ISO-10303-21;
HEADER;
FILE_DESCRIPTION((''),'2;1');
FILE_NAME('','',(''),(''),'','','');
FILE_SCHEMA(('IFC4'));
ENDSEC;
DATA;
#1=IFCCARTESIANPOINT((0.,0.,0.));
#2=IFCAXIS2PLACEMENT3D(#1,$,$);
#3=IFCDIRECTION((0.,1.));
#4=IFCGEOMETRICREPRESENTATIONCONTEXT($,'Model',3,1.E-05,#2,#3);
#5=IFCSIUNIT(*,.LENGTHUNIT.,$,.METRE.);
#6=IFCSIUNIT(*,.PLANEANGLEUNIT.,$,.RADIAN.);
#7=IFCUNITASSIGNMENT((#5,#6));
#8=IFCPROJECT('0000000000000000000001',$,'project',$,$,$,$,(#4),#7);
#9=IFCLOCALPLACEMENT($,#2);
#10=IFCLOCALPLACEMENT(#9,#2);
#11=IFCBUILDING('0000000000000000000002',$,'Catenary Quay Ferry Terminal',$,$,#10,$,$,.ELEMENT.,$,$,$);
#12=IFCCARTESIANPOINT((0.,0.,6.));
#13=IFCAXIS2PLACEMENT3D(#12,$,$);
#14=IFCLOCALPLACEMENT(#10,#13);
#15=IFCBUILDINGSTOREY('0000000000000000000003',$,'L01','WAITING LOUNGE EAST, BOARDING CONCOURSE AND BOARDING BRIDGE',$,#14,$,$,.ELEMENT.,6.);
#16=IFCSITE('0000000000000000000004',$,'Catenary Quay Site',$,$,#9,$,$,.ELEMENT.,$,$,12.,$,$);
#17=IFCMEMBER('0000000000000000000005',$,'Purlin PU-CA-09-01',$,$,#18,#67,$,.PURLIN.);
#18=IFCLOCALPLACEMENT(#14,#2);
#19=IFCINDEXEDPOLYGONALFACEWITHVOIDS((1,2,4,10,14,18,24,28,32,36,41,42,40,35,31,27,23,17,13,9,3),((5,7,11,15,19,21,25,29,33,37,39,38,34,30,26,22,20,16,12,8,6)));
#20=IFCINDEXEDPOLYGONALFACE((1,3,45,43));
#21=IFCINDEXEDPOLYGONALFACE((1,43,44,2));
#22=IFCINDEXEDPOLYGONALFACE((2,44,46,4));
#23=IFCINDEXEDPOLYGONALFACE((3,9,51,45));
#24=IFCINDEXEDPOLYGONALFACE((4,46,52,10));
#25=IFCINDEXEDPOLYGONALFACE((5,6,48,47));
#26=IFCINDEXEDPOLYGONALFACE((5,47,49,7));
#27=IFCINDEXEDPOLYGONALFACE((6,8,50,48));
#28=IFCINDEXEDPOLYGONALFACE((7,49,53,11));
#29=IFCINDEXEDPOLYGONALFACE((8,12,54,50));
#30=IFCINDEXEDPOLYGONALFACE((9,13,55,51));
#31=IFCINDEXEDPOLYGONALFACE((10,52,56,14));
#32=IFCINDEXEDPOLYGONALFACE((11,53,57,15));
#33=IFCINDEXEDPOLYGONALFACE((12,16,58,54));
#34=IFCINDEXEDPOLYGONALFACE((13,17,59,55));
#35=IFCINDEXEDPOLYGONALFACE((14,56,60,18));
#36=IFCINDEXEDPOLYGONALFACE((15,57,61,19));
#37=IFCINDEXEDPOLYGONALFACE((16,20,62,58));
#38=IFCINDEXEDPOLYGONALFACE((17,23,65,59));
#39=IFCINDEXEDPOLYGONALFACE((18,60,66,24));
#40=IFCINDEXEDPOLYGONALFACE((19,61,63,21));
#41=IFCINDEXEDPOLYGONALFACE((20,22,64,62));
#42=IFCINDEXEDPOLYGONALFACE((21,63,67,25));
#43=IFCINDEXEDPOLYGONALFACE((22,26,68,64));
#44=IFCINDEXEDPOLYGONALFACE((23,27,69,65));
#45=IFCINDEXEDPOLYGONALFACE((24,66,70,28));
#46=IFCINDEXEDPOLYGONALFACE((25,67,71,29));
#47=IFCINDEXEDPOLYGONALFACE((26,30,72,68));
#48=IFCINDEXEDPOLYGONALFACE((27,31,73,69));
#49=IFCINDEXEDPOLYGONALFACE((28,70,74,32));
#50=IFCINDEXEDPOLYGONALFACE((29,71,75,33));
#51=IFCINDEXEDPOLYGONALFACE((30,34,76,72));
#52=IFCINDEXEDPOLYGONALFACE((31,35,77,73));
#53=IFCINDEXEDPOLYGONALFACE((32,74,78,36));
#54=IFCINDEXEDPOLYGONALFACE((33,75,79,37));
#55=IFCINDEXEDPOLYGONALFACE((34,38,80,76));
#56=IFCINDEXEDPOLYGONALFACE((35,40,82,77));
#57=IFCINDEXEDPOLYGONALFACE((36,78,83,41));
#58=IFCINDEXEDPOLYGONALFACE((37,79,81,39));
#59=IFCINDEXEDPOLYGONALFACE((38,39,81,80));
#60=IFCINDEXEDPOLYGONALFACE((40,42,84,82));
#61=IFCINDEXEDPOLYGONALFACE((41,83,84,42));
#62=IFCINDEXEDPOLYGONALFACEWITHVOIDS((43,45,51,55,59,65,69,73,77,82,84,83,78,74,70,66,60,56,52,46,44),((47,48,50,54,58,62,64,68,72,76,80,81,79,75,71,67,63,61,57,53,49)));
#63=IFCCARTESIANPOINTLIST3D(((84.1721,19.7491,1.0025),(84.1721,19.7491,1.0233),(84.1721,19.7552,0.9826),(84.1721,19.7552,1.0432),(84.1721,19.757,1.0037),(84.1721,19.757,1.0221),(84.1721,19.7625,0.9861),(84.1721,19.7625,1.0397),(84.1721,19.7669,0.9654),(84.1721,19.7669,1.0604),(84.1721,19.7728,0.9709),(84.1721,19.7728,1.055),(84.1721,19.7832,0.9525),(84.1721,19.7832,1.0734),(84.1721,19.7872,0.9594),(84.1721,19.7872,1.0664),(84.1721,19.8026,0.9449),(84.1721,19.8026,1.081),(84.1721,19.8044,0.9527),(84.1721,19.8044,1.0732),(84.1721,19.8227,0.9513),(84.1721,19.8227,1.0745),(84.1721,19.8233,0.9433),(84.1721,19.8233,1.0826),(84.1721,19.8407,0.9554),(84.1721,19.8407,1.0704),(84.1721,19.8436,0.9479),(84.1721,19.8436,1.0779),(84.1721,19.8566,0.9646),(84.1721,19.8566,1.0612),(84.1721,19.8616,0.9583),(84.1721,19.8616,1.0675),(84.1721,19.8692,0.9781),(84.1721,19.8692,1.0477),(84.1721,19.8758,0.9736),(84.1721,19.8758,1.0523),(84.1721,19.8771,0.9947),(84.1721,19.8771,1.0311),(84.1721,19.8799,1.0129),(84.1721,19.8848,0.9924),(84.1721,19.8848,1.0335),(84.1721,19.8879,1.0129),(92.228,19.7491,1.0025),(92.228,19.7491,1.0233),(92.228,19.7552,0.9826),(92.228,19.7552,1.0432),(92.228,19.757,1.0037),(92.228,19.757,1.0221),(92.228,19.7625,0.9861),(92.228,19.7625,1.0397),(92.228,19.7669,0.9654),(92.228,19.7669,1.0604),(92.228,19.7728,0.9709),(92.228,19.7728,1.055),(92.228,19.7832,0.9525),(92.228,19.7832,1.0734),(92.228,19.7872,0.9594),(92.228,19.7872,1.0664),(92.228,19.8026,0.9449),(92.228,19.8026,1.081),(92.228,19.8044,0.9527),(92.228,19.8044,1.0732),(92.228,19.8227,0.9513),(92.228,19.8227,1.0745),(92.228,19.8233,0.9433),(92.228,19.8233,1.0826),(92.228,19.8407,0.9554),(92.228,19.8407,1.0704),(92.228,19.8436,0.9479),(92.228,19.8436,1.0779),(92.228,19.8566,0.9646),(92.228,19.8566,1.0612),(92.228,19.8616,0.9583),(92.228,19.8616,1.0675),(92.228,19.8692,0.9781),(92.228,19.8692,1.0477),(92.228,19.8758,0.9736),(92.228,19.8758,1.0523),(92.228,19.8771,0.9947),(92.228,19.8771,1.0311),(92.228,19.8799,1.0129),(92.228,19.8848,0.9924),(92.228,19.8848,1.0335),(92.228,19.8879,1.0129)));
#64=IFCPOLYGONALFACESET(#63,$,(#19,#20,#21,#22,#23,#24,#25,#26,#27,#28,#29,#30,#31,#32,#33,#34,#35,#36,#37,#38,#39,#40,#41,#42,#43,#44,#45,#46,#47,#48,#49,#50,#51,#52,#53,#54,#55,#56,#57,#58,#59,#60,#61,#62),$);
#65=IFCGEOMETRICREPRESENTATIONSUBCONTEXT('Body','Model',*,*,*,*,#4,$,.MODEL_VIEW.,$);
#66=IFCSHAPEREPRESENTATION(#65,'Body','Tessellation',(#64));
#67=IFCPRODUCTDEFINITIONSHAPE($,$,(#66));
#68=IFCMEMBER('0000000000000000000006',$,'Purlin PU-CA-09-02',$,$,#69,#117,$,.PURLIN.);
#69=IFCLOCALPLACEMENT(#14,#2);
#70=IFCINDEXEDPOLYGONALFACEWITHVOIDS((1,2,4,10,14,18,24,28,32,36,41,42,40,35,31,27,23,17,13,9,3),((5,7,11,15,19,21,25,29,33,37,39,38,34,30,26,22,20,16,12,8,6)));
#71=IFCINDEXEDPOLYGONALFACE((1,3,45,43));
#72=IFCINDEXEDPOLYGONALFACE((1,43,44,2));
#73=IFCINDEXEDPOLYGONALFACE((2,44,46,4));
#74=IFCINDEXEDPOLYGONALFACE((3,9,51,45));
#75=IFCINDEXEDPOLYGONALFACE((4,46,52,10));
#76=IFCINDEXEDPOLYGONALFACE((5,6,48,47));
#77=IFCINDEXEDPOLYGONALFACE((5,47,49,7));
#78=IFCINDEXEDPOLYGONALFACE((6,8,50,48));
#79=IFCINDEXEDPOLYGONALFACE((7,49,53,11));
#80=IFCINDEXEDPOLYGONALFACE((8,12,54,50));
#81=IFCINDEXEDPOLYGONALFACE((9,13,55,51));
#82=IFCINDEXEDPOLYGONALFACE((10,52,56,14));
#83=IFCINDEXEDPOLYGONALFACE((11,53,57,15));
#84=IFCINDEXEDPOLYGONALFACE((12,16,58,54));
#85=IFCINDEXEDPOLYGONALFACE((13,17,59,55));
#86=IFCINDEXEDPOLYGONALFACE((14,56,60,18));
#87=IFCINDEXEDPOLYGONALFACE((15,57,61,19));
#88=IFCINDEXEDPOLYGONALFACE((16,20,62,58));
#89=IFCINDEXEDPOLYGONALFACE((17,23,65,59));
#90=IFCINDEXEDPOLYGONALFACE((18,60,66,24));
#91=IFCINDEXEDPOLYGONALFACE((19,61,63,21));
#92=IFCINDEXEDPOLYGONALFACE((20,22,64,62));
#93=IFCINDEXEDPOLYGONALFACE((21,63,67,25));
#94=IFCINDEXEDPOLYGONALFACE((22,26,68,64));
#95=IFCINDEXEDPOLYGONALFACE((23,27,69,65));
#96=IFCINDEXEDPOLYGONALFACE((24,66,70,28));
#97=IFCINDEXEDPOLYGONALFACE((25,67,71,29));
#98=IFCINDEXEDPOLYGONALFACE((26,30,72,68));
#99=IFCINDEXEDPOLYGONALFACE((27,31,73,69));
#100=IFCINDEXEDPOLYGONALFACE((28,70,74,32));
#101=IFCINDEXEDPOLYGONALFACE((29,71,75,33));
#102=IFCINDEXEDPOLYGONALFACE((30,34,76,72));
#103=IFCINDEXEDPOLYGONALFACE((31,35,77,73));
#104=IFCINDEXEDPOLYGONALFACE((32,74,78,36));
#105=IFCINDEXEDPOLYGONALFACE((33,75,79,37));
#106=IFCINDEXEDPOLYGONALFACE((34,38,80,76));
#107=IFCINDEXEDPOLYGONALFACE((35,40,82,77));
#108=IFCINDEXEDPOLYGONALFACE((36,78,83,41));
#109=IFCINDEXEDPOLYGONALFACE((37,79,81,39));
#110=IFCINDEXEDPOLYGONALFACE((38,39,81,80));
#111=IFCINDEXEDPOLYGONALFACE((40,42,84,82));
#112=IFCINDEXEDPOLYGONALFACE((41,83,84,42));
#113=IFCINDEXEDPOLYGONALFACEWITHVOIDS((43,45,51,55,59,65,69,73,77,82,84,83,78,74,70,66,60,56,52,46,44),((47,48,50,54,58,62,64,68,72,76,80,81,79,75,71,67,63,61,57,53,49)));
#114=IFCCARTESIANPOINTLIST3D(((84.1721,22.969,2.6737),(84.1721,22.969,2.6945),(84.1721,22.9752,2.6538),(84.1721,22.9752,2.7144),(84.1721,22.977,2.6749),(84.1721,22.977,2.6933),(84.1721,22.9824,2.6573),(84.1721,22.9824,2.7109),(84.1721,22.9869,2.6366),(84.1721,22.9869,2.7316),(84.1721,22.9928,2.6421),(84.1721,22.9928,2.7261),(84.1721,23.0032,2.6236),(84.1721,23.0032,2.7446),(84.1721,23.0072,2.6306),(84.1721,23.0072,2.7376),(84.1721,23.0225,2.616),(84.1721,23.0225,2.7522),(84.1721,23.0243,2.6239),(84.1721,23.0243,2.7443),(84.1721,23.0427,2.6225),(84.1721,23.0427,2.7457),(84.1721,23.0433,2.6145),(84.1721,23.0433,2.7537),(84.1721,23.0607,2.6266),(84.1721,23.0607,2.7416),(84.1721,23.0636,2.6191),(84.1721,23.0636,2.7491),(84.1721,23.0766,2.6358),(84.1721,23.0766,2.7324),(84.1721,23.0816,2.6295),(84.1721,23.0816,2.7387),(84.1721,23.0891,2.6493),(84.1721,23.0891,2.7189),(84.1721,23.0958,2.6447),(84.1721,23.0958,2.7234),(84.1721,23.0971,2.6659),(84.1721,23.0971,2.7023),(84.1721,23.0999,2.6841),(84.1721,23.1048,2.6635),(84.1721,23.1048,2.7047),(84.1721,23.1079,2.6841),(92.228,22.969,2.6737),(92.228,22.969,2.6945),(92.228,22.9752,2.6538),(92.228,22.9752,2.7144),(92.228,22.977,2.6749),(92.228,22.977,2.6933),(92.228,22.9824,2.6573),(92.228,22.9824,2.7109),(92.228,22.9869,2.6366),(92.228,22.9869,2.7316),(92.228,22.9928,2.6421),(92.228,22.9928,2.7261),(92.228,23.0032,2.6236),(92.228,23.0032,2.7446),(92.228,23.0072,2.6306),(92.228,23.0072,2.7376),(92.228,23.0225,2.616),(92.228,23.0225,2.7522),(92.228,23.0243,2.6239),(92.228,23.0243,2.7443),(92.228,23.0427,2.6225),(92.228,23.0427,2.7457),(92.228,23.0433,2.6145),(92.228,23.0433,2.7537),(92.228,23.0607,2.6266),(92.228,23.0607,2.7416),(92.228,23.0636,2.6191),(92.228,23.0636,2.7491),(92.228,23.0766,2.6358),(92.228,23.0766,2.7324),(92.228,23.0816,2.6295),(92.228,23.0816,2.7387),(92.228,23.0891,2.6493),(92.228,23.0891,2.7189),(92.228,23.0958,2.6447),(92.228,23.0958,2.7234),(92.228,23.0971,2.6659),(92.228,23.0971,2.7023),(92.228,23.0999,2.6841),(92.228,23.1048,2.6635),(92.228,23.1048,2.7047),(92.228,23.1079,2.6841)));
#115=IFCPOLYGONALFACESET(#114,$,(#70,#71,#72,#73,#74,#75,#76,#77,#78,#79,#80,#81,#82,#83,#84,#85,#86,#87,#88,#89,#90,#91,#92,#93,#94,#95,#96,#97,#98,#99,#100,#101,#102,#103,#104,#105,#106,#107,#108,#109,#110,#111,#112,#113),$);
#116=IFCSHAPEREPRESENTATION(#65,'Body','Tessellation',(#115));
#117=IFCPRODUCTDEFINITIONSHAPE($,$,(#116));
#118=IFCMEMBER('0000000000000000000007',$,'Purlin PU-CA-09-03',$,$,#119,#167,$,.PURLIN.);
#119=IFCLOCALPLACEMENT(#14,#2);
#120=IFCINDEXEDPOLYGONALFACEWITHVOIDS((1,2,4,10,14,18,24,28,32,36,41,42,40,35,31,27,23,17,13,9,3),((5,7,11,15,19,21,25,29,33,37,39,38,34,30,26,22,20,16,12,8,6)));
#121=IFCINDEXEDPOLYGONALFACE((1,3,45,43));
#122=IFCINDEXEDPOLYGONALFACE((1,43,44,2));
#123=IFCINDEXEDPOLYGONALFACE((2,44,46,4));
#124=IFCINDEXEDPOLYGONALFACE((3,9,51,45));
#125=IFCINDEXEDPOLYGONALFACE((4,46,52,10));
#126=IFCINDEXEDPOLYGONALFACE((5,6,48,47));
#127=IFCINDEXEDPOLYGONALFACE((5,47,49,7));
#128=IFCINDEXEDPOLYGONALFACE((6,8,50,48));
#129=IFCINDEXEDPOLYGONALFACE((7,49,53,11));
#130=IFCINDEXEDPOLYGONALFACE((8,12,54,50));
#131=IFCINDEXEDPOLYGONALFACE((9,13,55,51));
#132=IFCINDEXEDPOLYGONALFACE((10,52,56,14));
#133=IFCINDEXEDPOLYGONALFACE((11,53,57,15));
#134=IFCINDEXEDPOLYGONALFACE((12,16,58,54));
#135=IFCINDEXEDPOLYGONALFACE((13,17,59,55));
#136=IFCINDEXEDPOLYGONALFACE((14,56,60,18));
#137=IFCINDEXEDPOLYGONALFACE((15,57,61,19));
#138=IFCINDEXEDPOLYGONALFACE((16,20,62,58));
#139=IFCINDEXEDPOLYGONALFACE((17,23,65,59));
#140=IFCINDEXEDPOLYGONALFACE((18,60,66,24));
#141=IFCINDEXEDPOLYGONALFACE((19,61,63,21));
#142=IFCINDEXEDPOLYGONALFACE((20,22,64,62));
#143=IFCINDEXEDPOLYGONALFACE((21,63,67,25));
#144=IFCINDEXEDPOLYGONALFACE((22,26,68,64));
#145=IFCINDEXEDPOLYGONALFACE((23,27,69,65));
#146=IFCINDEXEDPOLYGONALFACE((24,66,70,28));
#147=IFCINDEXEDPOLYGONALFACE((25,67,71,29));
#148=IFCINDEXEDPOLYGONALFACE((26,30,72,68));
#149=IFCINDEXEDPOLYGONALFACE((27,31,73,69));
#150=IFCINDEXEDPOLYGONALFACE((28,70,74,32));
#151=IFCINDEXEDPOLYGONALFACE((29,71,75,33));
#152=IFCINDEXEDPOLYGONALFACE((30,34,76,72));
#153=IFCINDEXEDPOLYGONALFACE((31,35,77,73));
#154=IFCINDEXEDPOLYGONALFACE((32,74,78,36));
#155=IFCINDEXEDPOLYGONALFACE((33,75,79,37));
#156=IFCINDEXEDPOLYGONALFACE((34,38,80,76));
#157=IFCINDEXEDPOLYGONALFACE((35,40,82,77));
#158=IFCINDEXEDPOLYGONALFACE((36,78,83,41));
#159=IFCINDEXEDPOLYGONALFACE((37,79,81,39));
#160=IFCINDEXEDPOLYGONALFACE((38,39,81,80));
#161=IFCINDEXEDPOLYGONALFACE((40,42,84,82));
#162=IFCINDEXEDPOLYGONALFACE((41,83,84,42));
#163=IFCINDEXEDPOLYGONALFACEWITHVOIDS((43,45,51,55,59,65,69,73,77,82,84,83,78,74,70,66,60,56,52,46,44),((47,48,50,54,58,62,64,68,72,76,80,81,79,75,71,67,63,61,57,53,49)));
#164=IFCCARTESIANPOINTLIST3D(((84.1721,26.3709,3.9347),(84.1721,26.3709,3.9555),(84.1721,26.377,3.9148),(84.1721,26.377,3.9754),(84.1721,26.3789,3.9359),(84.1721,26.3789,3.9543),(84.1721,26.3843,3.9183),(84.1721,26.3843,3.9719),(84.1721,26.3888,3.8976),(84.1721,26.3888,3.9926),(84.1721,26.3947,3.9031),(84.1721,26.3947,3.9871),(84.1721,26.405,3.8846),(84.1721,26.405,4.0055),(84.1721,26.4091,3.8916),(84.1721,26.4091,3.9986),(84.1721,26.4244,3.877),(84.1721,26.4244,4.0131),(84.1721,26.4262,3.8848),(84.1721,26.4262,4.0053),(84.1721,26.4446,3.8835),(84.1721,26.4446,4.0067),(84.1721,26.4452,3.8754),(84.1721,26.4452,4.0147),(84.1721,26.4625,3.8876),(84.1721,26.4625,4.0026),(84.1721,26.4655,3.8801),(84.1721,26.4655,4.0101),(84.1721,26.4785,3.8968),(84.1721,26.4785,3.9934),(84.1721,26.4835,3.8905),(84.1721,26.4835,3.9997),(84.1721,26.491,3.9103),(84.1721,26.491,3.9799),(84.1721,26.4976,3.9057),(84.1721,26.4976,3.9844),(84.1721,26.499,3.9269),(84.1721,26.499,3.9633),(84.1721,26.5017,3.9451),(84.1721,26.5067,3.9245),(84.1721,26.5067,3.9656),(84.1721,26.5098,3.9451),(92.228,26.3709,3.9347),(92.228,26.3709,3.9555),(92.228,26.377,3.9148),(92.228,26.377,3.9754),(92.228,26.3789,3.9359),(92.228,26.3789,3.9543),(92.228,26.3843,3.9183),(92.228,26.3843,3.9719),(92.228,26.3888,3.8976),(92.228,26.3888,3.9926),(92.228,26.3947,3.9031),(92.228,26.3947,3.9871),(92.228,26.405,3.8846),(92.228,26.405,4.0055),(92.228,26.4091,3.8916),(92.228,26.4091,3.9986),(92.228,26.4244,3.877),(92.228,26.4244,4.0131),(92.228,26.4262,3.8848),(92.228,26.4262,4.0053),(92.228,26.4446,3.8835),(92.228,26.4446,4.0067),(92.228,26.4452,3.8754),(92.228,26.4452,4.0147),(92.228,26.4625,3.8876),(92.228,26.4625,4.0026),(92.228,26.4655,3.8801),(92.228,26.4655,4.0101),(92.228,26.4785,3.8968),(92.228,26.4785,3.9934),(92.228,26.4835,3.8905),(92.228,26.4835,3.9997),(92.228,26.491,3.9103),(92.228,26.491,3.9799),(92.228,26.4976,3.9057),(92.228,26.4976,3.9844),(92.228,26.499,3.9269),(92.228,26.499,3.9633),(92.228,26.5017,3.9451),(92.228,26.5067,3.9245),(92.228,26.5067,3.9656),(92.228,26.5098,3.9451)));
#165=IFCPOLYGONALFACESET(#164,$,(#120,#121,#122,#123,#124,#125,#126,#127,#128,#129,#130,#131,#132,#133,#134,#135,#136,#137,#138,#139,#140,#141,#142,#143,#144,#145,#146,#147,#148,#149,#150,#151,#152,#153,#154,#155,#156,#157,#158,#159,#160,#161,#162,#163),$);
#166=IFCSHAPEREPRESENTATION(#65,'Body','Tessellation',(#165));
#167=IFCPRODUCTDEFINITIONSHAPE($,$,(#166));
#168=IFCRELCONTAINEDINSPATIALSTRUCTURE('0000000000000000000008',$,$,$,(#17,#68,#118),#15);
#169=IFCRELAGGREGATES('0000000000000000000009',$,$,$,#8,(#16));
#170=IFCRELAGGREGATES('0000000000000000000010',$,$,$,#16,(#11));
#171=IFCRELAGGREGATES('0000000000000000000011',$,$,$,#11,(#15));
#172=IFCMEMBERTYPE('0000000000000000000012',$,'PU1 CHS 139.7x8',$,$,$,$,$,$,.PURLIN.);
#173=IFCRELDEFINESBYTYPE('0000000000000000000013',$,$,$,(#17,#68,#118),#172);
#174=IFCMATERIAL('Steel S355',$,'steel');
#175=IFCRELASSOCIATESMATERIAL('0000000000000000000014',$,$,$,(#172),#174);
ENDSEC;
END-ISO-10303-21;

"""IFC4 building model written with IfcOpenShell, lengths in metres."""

from ifc_helpers import new_model, si_unit, direction, frame, origin, origin_2d, place, context, subcontext, project, spatial, hollow_circle, extrude, material, material_profile, profile_set, type_object, element, save


model = new_model("IFC4")

# Units and contexts
model_context = context("Model", 3, precision=1e-05, world=origin(), true_north=direction((0.0, 1.0)))
body_context = subcontext(model_context, "Body", "Model", "MODEL_VIEW")
ifc_project = project(units=[si_unit("LENGTHUNIT", "METRE"), si_unit("PLANEANGLEUNIT", "RADIAN")], contexts=[model_context])

# Site, building, storey
site_placement = place(None, origin())
site = spatial("IfcSite", under=ifc_project, at=site_placement, Name="Catenary Quay Site", CompositionType="ELEMENT", RefElevation=12.0)
building_placement = place(site_placement, origin())
building = spatial("IfcBuilding", under=site, at=building_placement, Name="Catenary Quay Ferry Terminal", CompositionType="ELEMENT")
storey_placement = place(building_placement, frame((0.0, 0.0, 6.0)))
storey = spatial("IfcBuildingStorey", under=building, at=storey_placement, Name="L01", Description="WAITING LOUNGE EAST, BOARDING CONCOURSE AND BOARDING BRIDGE", CompositionType="ELEMENT", Elevation=6.0)

# Members
ifc_material_1 = material(Name="Steel S355", Category="steel")
ifc_material_profile_1 = material_profile(ifc_material_1, hollow_circle(Radius=0.0698, WallThickness=0.0081, at=origin_2d()), Name="CHS 139.7x8")
ifc_profile_set_1 = profile_set([ifc_material_profile_1], Name="Steel S355")
member_type_1 = type_object("IfcMemberType", Name="PU1 CHS 139.7x8", PredefinedType="PURLIN", material=ifc_profile_set_1)
for number, where, z_axis, x_axis, name in (
    (1, (84.1721, 19.8181, 1.0129), (1.0, 0.0, 0.0), (0.0, 1.0, 0.0), "Purlin PU-CA-09-01"),
    (2, (84.1721, 23.0381, 2.6841), (1.0, 0.0, 0.0), (0.0, 1.0, 0.0), "Purlin PU-CA-09-02"),
    (3, (84.1721, 26.4399, 3.9451), (1.0, 0.0, 0.0), (0.0, 1.0, 0.0), "Purlin PU-CA-09-03"),
):
    element("IfcMember", number, at=place(storey_placement, frame(where, z_axis=z_axis, x_axis=x_axis)), inside=storey, type_object=member_type_1, Name=name, PredefinedType="PURLIN", context=body_context, shape_type="SweptSolid", body=[
        extrude(hollow_circle(Radius=0.0698, WallThickness=0.0081, at=origin_2d()), origin(), (0.0, 0.0, 1.0), 8.0559),
    ])

save(model, "model.ifc")
